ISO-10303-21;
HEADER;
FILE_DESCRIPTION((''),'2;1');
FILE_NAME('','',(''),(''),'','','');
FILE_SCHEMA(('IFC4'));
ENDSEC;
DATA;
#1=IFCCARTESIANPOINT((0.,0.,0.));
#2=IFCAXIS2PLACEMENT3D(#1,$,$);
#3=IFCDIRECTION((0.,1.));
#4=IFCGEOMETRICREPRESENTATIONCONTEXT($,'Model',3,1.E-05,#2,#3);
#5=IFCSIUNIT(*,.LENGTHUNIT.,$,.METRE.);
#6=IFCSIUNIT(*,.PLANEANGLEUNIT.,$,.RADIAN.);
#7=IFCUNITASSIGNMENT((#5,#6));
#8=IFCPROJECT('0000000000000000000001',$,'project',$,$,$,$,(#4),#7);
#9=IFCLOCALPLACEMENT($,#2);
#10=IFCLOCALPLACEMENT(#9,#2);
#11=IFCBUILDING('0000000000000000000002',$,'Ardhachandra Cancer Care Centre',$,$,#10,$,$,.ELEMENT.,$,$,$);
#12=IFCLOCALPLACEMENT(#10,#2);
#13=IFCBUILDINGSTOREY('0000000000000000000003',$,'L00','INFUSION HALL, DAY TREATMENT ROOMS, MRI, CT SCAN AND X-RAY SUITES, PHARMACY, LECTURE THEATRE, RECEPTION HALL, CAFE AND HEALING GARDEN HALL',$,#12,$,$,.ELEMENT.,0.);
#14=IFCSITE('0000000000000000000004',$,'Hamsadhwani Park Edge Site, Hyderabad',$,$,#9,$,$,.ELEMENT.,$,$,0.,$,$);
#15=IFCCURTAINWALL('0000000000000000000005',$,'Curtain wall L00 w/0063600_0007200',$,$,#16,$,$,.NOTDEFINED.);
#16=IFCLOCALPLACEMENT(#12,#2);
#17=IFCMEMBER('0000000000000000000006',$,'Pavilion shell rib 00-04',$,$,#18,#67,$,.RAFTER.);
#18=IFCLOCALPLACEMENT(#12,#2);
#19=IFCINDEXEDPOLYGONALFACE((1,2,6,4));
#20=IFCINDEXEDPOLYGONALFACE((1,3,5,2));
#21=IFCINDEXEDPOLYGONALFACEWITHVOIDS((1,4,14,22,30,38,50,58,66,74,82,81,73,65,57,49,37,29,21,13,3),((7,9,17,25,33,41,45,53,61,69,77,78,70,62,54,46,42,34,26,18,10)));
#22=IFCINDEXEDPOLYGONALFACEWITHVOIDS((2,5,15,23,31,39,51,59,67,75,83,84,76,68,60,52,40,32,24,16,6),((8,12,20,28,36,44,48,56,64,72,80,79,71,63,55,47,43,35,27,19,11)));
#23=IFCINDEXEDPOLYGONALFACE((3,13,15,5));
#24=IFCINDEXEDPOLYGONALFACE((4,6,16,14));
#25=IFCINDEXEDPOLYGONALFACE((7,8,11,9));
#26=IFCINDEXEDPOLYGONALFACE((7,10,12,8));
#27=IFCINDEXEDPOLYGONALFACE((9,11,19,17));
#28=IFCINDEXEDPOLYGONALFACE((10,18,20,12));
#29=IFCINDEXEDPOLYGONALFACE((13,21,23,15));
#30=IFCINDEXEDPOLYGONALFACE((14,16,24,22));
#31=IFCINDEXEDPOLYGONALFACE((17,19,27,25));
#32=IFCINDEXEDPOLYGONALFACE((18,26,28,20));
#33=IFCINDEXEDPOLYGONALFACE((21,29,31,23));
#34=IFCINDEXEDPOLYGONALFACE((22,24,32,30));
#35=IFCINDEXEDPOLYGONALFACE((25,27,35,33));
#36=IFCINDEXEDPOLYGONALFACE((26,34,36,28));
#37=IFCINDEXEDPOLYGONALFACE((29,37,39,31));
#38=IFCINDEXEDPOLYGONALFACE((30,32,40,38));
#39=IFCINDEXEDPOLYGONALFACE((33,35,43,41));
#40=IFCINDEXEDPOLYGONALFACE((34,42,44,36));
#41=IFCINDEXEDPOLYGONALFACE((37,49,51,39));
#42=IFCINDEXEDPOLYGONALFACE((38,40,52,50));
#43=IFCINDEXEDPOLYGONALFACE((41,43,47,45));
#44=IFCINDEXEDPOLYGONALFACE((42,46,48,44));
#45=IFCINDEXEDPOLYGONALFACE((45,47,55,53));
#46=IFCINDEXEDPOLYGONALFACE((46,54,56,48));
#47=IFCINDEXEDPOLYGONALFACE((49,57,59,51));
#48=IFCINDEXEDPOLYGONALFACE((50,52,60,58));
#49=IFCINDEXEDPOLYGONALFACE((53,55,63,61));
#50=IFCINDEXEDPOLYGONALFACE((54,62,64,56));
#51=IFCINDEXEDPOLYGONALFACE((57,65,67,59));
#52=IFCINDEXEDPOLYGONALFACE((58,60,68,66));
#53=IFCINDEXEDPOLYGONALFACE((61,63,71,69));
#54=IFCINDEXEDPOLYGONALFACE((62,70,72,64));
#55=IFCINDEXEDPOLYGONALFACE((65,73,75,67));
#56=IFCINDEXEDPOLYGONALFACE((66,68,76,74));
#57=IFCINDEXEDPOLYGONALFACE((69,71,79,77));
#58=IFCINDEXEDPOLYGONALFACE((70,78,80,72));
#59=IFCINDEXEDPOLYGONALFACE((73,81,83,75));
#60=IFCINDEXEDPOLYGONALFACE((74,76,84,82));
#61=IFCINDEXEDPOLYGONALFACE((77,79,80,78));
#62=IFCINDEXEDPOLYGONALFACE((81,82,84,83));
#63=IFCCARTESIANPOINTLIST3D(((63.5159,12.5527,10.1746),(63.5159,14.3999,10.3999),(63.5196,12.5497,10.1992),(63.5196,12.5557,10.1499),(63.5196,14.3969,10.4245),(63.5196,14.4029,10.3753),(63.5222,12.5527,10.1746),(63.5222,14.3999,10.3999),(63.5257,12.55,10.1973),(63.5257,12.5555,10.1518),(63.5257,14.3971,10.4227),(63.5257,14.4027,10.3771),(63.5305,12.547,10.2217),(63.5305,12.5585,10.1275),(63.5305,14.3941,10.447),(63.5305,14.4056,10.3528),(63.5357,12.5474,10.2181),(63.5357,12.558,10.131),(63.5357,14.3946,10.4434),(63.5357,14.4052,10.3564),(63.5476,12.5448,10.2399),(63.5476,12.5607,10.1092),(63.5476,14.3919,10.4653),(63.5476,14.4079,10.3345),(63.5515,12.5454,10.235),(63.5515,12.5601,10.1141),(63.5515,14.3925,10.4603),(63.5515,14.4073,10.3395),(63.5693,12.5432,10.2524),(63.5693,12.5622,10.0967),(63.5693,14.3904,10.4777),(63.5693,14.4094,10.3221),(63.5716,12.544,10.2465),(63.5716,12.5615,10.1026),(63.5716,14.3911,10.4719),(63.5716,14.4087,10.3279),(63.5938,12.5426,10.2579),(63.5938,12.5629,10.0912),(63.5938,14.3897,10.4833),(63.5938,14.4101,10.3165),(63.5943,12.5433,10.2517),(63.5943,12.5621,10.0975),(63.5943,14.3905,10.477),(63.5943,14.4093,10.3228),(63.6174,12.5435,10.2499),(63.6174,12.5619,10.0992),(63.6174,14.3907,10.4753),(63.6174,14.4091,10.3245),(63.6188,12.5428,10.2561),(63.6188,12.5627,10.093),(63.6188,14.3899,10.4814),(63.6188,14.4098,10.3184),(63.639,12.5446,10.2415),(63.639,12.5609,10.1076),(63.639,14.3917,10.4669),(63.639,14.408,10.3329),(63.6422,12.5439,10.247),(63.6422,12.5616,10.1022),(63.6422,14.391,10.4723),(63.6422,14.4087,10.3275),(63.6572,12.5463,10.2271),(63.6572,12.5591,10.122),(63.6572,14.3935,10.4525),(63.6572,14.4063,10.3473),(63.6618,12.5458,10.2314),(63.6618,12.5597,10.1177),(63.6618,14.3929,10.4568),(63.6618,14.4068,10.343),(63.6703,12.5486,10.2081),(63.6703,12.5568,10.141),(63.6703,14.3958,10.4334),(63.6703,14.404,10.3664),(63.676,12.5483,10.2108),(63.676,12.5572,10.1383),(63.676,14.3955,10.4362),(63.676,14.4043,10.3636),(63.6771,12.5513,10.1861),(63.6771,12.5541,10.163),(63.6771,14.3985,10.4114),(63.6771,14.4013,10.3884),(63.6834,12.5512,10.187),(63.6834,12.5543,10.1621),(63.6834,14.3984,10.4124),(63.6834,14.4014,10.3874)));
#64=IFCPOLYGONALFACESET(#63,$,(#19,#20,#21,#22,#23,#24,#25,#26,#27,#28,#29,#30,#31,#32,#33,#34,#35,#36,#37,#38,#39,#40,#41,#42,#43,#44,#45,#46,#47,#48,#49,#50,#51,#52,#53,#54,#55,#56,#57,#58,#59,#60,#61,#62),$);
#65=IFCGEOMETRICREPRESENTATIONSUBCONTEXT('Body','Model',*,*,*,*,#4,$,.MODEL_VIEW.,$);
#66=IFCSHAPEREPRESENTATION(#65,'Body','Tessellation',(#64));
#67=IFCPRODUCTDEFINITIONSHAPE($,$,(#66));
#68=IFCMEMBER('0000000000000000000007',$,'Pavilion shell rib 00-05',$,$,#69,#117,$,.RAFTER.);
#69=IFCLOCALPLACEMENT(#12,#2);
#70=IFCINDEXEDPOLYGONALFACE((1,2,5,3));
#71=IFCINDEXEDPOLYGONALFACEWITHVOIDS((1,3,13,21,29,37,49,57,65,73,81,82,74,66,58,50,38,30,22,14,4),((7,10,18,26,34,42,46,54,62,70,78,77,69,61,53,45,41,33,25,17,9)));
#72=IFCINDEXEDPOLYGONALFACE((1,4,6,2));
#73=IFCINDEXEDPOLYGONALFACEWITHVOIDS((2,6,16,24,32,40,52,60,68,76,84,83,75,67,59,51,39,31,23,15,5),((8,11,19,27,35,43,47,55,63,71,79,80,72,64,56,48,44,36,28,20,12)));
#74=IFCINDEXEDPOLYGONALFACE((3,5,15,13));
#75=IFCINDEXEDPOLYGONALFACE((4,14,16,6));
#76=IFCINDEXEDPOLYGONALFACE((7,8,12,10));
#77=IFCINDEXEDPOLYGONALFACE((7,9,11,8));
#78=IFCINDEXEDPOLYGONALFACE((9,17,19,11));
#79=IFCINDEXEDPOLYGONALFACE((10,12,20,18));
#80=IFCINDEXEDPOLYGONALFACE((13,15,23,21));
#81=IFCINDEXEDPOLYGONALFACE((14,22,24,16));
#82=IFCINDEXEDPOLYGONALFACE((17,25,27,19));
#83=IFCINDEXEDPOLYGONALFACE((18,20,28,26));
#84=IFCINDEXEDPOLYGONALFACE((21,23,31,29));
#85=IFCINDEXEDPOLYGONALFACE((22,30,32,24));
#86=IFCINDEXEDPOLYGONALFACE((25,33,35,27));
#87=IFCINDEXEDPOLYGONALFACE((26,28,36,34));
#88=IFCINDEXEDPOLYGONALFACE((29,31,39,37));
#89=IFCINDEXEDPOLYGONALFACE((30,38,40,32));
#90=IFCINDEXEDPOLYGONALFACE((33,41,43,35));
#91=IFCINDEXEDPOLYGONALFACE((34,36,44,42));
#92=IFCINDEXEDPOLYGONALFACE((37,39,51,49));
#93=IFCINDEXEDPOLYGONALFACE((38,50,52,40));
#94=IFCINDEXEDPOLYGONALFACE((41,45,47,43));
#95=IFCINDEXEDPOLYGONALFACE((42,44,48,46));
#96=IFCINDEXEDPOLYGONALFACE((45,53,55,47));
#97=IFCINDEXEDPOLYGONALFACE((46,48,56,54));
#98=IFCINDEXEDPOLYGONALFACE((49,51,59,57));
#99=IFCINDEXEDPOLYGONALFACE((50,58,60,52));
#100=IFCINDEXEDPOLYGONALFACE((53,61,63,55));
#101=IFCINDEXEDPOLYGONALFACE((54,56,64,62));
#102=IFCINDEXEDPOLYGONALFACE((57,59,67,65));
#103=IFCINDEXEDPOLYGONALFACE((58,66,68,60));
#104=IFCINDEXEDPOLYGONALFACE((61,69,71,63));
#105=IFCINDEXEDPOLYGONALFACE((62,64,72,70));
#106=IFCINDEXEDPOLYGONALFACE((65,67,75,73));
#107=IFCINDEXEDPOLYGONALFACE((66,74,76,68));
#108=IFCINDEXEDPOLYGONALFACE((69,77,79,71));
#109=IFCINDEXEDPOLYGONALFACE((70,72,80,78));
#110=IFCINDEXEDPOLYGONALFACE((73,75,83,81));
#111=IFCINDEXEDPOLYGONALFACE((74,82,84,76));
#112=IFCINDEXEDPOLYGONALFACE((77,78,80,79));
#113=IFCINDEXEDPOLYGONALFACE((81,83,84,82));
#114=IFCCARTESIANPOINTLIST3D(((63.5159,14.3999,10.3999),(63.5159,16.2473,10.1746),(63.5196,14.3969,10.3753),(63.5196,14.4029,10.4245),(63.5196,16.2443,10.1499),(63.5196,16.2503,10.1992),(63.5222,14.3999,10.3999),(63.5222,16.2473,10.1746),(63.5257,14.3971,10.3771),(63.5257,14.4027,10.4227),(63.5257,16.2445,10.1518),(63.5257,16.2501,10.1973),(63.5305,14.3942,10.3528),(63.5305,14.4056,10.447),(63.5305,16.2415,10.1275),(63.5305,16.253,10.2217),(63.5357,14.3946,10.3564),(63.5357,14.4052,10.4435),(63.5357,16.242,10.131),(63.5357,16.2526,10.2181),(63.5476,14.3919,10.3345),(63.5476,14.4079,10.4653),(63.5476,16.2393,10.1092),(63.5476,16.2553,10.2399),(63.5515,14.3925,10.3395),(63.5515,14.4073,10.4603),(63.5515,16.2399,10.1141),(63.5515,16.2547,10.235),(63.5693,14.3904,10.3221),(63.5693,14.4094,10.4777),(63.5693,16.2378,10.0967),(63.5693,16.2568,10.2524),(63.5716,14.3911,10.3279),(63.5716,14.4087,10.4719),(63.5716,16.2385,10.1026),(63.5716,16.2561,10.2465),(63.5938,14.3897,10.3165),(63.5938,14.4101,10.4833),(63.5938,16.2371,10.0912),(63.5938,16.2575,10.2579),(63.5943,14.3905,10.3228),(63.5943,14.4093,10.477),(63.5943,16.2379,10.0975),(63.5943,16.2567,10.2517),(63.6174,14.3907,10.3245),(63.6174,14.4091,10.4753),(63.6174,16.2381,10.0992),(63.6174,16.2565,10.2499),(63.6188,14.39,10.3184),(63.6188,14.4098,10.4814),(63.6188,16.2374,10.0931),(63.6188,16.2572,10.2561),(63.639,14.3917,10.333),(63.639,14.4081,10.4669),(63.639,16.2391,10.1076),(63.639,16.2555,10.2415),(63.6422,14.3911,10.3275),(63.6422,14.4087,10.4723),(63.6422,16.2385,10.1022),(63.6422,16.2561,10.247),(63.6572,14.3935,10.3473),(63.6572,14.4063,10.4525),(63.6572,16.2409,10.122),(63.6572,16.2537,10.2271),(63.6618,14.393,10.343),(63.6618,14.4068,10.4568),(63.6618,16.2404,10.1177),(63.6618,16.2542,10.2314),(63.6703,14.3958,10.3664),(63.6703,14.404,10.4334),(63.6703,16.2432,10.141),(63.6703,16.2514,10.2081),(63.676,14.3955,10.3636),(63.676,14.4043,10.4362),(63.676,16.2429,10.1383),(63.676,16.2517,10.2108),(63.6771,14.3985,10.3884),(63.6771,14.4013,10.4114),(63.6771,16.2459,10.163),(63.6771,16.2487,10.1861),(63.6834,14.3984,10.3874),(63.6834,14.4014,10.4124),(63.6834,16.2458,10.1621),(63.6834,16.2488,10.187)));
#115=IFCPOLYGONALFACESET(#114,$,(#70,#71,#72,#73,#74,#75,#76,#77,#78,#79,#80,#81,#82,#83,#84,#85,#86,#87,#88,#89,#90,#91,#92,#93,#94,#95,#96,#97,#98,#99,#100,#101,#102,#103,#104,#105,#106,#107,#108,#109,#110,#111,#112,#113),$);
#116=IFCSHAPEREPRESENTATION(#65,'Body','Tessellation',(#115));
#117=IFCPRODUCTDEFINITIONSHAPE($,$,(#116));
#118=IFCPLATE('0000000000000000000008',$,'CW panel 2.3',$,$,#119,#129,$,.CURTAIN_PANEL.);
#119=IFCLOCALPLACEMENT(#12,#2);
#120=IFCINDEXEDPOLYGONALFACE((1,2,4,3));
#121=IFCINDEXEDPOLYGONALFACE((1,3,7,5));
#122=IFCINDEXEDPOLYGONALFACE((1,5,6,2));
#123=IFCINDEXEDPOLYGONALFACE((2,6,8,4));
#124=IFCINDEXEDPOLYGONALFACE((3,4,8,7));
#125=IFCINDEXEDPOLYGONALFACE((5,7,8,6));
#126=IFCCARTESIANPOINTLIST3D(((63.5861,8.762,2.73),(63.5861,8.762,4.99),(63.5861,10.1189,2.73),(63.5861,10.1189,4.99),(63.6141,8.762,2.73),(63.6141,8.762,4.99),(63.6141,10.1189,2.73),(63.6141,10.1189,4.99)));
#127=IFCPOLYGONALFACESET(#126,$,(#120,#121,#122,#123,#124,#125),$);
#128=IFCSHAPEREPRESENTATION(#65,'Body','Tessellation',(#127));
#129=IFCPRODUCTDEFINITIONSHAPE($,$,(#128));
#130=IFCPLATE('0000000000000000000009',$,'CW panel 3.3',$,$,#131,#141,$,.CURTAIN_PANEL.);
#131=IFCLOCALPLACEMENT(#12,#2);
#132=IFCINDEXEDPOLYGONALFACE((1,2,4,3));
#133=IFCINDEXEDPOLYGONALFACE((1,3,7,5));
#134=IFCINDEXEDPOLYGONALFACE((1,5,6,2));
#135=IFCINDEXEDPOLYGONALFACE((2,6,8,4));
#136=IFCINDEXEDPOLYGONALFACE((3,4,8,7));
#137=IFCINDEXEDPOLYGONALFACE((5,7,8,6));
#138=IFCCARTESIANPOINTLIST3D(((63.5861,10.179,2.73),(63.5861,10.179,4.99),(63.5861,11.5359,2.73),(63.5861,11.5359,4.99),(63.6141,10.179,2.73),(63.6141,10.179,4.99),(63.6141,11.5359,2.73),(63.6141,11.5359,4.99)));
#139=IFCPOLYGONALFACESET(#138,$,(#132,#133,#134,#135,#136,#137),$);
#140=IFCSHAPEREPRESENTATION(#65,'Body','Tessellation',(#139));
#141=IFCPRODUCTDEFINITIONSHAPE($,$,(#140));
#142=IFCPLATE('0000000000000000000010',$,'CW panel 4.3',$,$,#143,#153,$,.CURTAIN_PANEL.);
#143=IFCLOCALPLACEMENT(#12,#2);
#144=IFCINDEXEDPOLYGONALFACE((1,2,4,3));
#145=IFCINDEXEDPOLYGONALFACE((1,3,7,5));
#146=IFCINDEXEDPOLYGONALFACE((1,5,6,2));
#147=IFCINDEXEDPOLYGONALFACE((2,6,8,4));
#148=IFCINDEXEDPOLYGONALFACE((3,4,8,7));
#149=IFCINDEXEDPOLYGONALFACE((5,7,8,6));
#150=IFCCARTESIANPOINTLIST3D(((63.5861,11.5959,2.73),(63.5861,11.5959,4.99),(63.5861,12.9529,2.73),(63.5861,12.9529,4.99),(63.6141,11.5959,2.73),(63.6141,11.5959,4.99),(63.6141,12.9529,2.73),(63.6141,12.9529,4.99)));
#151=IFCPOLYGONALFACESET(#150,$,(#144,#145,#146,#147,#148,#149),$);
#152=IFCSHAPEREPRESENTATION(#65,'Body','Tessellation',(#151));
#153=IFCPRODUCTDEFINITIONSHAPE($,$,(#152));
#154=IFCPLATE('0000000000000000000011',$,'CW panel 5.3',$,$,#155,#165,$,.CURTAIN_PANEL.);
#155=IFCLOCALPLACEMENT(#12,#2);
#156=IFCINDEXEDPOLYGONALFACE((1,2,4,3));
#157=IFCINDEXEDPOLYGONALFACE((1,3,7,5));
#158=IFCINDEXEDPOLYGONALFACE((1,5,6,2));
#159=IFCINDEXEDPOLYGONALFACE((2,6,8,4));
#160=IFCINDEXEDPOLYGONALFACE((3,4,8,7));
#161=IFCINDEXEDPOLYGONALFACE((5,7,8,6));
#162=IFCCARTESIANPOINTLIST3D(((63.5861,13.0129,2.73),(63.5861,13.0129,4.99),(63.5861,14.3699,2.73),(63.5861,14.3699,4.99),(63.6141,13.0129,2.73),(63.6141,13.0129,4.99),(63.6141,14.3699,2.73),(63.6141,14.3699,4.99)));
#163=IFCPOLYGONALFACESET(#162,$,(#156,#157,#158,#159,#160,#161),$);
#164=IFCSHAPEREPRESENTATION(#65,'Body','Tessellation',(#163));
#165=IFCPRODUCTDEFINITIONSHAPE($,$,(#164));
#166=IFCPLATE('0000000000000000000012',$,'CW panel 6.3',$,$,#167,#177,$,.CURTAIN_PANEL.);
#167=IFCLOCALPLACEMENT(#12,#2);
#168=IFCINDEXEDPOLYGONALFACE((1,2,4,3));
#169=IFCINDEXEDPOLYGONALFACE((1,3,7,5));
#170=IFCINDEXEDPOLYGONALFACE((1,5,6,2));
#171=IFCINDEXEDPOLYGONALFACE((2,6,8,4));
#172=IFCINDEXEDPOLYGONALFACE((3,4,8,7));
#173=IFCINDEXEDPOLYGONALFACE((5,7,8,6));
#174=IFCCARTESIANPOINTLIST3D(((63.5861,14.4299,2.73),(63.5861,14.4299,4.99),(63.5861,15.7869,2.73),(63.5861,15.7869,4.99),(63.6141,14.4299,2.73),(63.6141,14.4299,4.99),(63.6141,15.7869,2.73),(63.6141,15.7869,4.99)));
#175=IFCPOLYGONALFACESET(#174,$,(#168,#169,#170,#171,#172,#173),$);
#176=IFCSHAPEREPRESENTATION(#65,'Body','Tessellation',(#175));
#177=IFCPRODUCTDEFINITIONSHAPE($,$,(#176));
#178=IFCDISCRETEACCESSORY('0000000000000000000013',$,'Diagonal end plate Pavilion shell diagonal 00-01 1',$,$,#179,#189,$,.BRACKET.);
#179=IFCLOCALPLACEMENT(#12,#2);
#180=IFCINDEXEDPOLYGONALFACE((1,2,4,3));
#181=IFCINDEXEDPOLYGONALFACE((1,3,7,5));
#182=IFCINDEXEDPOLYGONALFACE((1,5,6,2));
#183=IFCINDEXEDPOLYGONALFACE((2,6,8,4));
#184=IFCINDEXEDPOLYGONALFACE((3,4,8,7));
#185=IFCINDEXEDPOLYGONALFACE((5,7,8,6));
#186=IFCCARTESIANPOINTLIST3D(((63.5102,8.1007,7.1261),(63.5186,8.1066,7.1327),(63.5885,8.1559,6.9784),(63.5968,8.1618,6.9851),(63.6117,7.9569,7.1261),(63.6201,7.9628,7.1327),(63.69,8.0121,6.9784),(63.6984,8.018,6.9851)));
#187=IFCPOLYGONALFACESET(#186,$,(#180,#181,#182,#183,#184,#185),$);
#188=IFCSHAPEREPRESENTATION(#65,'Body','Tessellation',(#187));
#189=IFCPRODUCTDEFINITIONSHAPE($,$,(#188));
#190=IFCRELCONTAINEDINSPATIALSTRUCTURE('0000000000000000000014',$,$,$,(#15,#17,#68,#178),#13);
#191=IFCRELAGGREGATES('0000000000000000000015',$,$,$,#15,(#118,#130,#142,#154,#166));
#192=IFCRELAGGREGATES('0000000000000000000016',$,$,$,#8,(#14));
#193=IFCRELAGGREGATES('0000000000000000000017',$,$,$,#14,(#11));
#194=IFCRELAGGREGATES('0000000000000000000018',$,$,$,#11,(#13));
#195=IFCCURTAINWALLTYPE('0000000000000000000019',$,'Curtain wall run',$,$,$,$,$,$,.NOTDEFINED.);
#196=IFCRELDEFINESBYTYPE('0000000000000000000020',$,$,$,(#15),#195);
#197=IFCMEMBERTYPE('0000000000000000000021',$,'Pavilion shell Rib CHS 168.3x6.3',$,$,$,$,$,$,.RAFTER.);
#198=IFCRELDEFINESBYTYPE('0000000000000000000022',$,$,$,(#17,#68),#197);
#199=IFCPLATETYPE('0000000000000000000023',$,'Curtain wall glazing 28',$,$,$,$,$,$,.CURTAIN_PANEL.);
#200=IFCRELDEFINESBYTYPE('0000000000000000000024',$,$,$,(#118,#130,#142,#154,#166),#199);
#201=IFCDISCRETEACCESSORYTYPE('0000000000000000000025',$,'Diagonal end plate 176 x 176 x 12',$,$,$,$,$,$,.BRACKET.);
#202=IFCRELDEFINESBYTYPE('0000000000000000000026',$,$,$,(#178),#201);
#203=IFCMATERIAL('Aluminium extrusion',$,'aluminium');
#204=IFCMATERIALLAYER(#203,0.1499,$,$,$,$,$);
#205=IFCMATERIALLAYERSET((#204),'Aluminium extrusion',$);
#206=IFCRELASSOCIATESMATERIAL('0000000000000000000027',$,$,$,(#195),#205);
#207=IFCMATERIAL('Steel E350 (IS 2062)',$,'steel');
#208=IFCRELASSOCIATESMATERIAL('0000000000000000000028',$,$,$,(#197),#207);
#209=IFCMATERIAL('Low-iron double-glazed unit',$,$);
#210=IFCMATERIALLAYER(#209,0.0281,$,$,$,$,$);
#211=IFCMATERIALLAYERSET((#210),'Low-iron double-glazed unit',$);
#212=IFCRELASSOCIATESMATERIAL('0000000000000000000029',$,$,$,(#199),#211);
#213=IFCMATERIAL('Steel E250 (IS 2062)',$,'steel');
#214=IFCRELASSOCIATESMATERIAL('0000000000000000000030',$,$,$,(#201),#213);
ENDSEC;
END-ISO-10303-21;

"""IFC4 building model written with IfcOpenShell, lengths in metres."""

from ifc_helpers import new_model, si_unit, direction, frame, origin, origin_2d, place, context, subcontext, project, spatial, rectangle, hollow_circle, extrude, material, layer, layer_set, material_profile, profile_set, type_object, element, aggregate, save


model = new_model("IFC4")

# Units and contexts
model_context = context("Model", 3, precision=1e-05, world=origin(), true_north=direction((0.0, 1.0)))
body_context = subcontext(model_context, "Body", "Model", "MODEL_VIEW")
ifc_project = project(units=[si_unit("LENGTHUNIT", "METRE"), si_unit("PLANEANGLEUNIT", "RADIAN")], contexts=[model_context])

# Site, building, storey
site_placement = place(None, origin())
site = spatial("IfcSite", under=ifc_project, at=site_placement, Name="Hamsadhwani Park Edge Site, Hyderabad", CompositionType="ELEMENT", RefElevation=0.0)
building_placement = place(site_placement, origin())
building = spatial("IfcBuilding", under=site, at=building_placement, Name="Ardhachandra Cancer Care Centre", CompositionType="ELEMENT")
storey_placement = place(building_placement, origin())
storey = spatial("IfcBuildingStorey", under=building, at=storey_placement, Name="L00", Description="INFUSION HALL, DAY TREATMENT ROOMS, MRI, CT SCAN AND X-RAY SUITES, PHARMACY, LECTURE THEATRE, RECEPTION HALL, CAFE AND HEALING GARDEN HALL", CompositionType="ELEMENT", Elevation=0.0)

# Curtain wall
ifc_material_1 = material(Name="Aluminium extrusion", Category="aluminium")
ifc_layer_1 = layer(ifc_material_1, 0.1499)
ifc_layer_set_1 = layer_set([ifc_layer_1], Name="Aluminium extrusion")
curtain_wall_type = type_object("IfcCurtainWallType", Name="Curtain wall run", PredefinedType="NOTDEFINED", material=ifc_layer_set_1)
curtain_wall_placement = place(storey_placement, origin())
curtain_wall = element("IfcCurtainWall", 1, at=curtain_wall_placement, inside=storey, type_object=curtain_wall_type, Name="Curtain wall L00 w/0063600_0007200", PredefinedType="NOTDEFINED")

# Members
ifc_material_2 = material(Name="Steel E350 (IS 2062)", Category="steel")
ifc_material_profile_1 = material_profile(ifc_material_2, hollow_circle(Radius=0.0842, WallThickness=0.0063, at=origin_2d()), Name="CHS 168.3x6.3")
ifc_profile_set_1 = profile_set([ifc_material_profile_1], Name="Steel E350 (IS 2062)")
member_type_1 = type_object("IfcMemberType", Name="Pavilion shell Rib CHS 168.3x6.3", PredefinedType="RAFTER", material=ifc_profile_set_1)
member_1_placement = place(storey_placement, frame((63.6001, 12.5527, 10.1746), z_axis=(0.0, 0.992641, 0.121095), x_axis=(-1.0, 0.0, 0.0)))
element("IfcMember", 2, at=member_1_placement, inside=storey, type_object=member_type_1, Name="Pavilion shell rib 00-04", PredefinedType="RAFTER", context=body_context, shape_type="SweptSolid", body=[
    extrude(hollow_circle(Radius=0.0842, WallThickness=0.0063, at=origin_2d()), origin(), (0.0, 0.0, 1.0), 1.8608),
])
member_2_placement = place(storey_placement, frame((63.6001, 14.3999, 10.3999), z_axis=(0.0, 0.992643, -0.12108), x_axis=(-1.0, 0.0, 0.0)))
element("IfcMember", 3, at=member_2_placement, inside=storey, type_object=member_type_1, Name="Pavilion shell rib 00-05", PredefinedType="RAFTER", context=body_context, shape_type="SweptSolid", body=[
    extrude(hollow_circle(Radius=0.0842, WallThickness=0.0063, at=origin_2d()), origin(), (0.0, 0.0, 1.0), 1.8611),
])

# Plates
ifc_material_3 = material(Name="Low-iron double-glazed unit")
ifc_layer_2 = layer(ifc_material_3, 0.0281)
ifc_layer_set_2 = layer_set([ifc_layer_2], Name="Low-iron double-glazed unit")
plate_type = type_object("IfcPlateType", Name="Curtain wall glazing 28", PredefinedType="CURTAIN_PANEL", material=ifc_layer_set_2)
plate_1_placement = place(storey_placement, frame((63.6001, 9.4404, 2.73), z_axis=(0.0, 0.0, 1.0), x_axis=(0.0, 1.0, 0.0)))
plate_1 = element("IfcPlate", 4, at=plate_1_placement, type_object=plate_type, Name="CW panel 2.3", PredefinedType="CURTAIN_PANEL", context=body_context, shape_type="SweptSolid", body=[
    extrude(rectangle(XDim=1.3569, YDim=0.0281, at=origin_2d()), origin(), (0.0, 0.0, 1.0), 2.26),
])
plate_2_placement = place(storey_placement, frame((63.6001, 10.8574, 2.73), z_axis=(0.0, 0.0, 1.0), x_axis=(0.0, 1.0, 0.0)))
plate_2 = element("IfcPlate", 5, at=plate_2_placement, type_object=plate_type, Name="CW panel 3.3", PredefinedType="CURTAIN_PANEL", context=body_context, shape_type="SweptSolid", body=[
    extrude(rectangle(XDim=1.3569, YDim=0.0281, at=origin_2d()), origin(), (0.0, 0.0, 1.0), 2.26),
])
plate_3_placement = place(storey_placement, frame((63.6001, 12.2744, 2.73), z_axis=(0.0, 0.0, 1.0), x_axis=(0.0, 1.0, 0.0)))
plate_3 = element("IfcPlate", 6, at=plate_3_placement, type_object=plate_type, Name="CW panel 4.3", PredefinedType="CURTAIN_PANEL", context=body_context, shape_type="SweptSolid", body=[
    extrude(rectangle(XDim=1.3569, YDim=0.0281, at=origin_2d()), origin(), (0.0, 0.0, 1.0), 2.26),
])
plate_4_placement = place(storey_placement, frame((63.6001, 13.6914, 2.73), z_axis=(0.0, 0.0, 1.0), x_axis=(0.0, 1.0, 0.0)))
plate_4 = element("IfcPlate", 7, at=plate_4_placement, type_object=plate_type, Name="CW panel 5.3", PredefinedType="CURTAIN_PANEL", context=body_context, shape_type="SweptSolid", body=[
    extrude(rectangle(XDim=1.3569, YDim=0.0281, at=origin_2d()), origin(), (0.0, 0.0, 1.0), 2.26),
])
plate_5_placement = place(storey_placement, frame((63.6001, 15.1084, 2.73), z_axis=(0.0, 0.0, 1.0), x_axis=(0.0, 1.0, 0.0)))
plate_5 = element("IfcPlate", 8, at=plate_5_placement, type_object=plate_type, Name="CW panel 6.3", PredefinedType="CURTAIN_PANEL", context=body_context, shape_type="SweptSolid", body=[
    extrude(rectangle(XDim=1.3569, YDim=0.0281, at=origin_2d()), origin(), (0.0, 0.0, 1.0), 2.26),
])
aggregate(curtain_wall, [plate_1, plate_2, plate_3, plate_4, plate_5])

# Discrete accessory
ifc_material_4 = material(Name="Steel E250 (IS 2062)", Category="steel")
ifc_material_profile_2 = material_profile(ifc_material_4, rectangle(XDim=0.176, YDim=0.176, at=origin_2d()), Name="PL 176x176x12")
ifc_profile_set_2 = profile_set([ifc_material_profile_2], Name="Steel E250 (IS 2062)")
discrete_accessory_type = type_object("IfcDiscreteAccessoryType", Name="Diagonal end plate 176 x 176 x 12", PredefinedType="BRACKET", material=ifc_profile_set_2)
discrete_accessory_placement = place(storey_placement, frame((63.6001, 8.0564, 7.0522), z_axis=(0.685367, 0.483788, 0.544262), x_axis=(-0.576683, 0.816968, 0.0)))
element("IfcDiscreteAccessory", 9, at=discrete_accessory_placement, inside=storey, type_object=discrete_accessory_type, Name="Diagonal end plate Pavilion shell diagonal 00-01 1", PredefinedType="BRACKET", context=body_context, shape_type="SweptSolid", body=[
    extrude(rectangle(XDim=0.176, YDim=0.176, at=origin_2d()), origin(), (0.0, 0.0, 1.0), 0.0122),
])

save(model, "model.ifc")
